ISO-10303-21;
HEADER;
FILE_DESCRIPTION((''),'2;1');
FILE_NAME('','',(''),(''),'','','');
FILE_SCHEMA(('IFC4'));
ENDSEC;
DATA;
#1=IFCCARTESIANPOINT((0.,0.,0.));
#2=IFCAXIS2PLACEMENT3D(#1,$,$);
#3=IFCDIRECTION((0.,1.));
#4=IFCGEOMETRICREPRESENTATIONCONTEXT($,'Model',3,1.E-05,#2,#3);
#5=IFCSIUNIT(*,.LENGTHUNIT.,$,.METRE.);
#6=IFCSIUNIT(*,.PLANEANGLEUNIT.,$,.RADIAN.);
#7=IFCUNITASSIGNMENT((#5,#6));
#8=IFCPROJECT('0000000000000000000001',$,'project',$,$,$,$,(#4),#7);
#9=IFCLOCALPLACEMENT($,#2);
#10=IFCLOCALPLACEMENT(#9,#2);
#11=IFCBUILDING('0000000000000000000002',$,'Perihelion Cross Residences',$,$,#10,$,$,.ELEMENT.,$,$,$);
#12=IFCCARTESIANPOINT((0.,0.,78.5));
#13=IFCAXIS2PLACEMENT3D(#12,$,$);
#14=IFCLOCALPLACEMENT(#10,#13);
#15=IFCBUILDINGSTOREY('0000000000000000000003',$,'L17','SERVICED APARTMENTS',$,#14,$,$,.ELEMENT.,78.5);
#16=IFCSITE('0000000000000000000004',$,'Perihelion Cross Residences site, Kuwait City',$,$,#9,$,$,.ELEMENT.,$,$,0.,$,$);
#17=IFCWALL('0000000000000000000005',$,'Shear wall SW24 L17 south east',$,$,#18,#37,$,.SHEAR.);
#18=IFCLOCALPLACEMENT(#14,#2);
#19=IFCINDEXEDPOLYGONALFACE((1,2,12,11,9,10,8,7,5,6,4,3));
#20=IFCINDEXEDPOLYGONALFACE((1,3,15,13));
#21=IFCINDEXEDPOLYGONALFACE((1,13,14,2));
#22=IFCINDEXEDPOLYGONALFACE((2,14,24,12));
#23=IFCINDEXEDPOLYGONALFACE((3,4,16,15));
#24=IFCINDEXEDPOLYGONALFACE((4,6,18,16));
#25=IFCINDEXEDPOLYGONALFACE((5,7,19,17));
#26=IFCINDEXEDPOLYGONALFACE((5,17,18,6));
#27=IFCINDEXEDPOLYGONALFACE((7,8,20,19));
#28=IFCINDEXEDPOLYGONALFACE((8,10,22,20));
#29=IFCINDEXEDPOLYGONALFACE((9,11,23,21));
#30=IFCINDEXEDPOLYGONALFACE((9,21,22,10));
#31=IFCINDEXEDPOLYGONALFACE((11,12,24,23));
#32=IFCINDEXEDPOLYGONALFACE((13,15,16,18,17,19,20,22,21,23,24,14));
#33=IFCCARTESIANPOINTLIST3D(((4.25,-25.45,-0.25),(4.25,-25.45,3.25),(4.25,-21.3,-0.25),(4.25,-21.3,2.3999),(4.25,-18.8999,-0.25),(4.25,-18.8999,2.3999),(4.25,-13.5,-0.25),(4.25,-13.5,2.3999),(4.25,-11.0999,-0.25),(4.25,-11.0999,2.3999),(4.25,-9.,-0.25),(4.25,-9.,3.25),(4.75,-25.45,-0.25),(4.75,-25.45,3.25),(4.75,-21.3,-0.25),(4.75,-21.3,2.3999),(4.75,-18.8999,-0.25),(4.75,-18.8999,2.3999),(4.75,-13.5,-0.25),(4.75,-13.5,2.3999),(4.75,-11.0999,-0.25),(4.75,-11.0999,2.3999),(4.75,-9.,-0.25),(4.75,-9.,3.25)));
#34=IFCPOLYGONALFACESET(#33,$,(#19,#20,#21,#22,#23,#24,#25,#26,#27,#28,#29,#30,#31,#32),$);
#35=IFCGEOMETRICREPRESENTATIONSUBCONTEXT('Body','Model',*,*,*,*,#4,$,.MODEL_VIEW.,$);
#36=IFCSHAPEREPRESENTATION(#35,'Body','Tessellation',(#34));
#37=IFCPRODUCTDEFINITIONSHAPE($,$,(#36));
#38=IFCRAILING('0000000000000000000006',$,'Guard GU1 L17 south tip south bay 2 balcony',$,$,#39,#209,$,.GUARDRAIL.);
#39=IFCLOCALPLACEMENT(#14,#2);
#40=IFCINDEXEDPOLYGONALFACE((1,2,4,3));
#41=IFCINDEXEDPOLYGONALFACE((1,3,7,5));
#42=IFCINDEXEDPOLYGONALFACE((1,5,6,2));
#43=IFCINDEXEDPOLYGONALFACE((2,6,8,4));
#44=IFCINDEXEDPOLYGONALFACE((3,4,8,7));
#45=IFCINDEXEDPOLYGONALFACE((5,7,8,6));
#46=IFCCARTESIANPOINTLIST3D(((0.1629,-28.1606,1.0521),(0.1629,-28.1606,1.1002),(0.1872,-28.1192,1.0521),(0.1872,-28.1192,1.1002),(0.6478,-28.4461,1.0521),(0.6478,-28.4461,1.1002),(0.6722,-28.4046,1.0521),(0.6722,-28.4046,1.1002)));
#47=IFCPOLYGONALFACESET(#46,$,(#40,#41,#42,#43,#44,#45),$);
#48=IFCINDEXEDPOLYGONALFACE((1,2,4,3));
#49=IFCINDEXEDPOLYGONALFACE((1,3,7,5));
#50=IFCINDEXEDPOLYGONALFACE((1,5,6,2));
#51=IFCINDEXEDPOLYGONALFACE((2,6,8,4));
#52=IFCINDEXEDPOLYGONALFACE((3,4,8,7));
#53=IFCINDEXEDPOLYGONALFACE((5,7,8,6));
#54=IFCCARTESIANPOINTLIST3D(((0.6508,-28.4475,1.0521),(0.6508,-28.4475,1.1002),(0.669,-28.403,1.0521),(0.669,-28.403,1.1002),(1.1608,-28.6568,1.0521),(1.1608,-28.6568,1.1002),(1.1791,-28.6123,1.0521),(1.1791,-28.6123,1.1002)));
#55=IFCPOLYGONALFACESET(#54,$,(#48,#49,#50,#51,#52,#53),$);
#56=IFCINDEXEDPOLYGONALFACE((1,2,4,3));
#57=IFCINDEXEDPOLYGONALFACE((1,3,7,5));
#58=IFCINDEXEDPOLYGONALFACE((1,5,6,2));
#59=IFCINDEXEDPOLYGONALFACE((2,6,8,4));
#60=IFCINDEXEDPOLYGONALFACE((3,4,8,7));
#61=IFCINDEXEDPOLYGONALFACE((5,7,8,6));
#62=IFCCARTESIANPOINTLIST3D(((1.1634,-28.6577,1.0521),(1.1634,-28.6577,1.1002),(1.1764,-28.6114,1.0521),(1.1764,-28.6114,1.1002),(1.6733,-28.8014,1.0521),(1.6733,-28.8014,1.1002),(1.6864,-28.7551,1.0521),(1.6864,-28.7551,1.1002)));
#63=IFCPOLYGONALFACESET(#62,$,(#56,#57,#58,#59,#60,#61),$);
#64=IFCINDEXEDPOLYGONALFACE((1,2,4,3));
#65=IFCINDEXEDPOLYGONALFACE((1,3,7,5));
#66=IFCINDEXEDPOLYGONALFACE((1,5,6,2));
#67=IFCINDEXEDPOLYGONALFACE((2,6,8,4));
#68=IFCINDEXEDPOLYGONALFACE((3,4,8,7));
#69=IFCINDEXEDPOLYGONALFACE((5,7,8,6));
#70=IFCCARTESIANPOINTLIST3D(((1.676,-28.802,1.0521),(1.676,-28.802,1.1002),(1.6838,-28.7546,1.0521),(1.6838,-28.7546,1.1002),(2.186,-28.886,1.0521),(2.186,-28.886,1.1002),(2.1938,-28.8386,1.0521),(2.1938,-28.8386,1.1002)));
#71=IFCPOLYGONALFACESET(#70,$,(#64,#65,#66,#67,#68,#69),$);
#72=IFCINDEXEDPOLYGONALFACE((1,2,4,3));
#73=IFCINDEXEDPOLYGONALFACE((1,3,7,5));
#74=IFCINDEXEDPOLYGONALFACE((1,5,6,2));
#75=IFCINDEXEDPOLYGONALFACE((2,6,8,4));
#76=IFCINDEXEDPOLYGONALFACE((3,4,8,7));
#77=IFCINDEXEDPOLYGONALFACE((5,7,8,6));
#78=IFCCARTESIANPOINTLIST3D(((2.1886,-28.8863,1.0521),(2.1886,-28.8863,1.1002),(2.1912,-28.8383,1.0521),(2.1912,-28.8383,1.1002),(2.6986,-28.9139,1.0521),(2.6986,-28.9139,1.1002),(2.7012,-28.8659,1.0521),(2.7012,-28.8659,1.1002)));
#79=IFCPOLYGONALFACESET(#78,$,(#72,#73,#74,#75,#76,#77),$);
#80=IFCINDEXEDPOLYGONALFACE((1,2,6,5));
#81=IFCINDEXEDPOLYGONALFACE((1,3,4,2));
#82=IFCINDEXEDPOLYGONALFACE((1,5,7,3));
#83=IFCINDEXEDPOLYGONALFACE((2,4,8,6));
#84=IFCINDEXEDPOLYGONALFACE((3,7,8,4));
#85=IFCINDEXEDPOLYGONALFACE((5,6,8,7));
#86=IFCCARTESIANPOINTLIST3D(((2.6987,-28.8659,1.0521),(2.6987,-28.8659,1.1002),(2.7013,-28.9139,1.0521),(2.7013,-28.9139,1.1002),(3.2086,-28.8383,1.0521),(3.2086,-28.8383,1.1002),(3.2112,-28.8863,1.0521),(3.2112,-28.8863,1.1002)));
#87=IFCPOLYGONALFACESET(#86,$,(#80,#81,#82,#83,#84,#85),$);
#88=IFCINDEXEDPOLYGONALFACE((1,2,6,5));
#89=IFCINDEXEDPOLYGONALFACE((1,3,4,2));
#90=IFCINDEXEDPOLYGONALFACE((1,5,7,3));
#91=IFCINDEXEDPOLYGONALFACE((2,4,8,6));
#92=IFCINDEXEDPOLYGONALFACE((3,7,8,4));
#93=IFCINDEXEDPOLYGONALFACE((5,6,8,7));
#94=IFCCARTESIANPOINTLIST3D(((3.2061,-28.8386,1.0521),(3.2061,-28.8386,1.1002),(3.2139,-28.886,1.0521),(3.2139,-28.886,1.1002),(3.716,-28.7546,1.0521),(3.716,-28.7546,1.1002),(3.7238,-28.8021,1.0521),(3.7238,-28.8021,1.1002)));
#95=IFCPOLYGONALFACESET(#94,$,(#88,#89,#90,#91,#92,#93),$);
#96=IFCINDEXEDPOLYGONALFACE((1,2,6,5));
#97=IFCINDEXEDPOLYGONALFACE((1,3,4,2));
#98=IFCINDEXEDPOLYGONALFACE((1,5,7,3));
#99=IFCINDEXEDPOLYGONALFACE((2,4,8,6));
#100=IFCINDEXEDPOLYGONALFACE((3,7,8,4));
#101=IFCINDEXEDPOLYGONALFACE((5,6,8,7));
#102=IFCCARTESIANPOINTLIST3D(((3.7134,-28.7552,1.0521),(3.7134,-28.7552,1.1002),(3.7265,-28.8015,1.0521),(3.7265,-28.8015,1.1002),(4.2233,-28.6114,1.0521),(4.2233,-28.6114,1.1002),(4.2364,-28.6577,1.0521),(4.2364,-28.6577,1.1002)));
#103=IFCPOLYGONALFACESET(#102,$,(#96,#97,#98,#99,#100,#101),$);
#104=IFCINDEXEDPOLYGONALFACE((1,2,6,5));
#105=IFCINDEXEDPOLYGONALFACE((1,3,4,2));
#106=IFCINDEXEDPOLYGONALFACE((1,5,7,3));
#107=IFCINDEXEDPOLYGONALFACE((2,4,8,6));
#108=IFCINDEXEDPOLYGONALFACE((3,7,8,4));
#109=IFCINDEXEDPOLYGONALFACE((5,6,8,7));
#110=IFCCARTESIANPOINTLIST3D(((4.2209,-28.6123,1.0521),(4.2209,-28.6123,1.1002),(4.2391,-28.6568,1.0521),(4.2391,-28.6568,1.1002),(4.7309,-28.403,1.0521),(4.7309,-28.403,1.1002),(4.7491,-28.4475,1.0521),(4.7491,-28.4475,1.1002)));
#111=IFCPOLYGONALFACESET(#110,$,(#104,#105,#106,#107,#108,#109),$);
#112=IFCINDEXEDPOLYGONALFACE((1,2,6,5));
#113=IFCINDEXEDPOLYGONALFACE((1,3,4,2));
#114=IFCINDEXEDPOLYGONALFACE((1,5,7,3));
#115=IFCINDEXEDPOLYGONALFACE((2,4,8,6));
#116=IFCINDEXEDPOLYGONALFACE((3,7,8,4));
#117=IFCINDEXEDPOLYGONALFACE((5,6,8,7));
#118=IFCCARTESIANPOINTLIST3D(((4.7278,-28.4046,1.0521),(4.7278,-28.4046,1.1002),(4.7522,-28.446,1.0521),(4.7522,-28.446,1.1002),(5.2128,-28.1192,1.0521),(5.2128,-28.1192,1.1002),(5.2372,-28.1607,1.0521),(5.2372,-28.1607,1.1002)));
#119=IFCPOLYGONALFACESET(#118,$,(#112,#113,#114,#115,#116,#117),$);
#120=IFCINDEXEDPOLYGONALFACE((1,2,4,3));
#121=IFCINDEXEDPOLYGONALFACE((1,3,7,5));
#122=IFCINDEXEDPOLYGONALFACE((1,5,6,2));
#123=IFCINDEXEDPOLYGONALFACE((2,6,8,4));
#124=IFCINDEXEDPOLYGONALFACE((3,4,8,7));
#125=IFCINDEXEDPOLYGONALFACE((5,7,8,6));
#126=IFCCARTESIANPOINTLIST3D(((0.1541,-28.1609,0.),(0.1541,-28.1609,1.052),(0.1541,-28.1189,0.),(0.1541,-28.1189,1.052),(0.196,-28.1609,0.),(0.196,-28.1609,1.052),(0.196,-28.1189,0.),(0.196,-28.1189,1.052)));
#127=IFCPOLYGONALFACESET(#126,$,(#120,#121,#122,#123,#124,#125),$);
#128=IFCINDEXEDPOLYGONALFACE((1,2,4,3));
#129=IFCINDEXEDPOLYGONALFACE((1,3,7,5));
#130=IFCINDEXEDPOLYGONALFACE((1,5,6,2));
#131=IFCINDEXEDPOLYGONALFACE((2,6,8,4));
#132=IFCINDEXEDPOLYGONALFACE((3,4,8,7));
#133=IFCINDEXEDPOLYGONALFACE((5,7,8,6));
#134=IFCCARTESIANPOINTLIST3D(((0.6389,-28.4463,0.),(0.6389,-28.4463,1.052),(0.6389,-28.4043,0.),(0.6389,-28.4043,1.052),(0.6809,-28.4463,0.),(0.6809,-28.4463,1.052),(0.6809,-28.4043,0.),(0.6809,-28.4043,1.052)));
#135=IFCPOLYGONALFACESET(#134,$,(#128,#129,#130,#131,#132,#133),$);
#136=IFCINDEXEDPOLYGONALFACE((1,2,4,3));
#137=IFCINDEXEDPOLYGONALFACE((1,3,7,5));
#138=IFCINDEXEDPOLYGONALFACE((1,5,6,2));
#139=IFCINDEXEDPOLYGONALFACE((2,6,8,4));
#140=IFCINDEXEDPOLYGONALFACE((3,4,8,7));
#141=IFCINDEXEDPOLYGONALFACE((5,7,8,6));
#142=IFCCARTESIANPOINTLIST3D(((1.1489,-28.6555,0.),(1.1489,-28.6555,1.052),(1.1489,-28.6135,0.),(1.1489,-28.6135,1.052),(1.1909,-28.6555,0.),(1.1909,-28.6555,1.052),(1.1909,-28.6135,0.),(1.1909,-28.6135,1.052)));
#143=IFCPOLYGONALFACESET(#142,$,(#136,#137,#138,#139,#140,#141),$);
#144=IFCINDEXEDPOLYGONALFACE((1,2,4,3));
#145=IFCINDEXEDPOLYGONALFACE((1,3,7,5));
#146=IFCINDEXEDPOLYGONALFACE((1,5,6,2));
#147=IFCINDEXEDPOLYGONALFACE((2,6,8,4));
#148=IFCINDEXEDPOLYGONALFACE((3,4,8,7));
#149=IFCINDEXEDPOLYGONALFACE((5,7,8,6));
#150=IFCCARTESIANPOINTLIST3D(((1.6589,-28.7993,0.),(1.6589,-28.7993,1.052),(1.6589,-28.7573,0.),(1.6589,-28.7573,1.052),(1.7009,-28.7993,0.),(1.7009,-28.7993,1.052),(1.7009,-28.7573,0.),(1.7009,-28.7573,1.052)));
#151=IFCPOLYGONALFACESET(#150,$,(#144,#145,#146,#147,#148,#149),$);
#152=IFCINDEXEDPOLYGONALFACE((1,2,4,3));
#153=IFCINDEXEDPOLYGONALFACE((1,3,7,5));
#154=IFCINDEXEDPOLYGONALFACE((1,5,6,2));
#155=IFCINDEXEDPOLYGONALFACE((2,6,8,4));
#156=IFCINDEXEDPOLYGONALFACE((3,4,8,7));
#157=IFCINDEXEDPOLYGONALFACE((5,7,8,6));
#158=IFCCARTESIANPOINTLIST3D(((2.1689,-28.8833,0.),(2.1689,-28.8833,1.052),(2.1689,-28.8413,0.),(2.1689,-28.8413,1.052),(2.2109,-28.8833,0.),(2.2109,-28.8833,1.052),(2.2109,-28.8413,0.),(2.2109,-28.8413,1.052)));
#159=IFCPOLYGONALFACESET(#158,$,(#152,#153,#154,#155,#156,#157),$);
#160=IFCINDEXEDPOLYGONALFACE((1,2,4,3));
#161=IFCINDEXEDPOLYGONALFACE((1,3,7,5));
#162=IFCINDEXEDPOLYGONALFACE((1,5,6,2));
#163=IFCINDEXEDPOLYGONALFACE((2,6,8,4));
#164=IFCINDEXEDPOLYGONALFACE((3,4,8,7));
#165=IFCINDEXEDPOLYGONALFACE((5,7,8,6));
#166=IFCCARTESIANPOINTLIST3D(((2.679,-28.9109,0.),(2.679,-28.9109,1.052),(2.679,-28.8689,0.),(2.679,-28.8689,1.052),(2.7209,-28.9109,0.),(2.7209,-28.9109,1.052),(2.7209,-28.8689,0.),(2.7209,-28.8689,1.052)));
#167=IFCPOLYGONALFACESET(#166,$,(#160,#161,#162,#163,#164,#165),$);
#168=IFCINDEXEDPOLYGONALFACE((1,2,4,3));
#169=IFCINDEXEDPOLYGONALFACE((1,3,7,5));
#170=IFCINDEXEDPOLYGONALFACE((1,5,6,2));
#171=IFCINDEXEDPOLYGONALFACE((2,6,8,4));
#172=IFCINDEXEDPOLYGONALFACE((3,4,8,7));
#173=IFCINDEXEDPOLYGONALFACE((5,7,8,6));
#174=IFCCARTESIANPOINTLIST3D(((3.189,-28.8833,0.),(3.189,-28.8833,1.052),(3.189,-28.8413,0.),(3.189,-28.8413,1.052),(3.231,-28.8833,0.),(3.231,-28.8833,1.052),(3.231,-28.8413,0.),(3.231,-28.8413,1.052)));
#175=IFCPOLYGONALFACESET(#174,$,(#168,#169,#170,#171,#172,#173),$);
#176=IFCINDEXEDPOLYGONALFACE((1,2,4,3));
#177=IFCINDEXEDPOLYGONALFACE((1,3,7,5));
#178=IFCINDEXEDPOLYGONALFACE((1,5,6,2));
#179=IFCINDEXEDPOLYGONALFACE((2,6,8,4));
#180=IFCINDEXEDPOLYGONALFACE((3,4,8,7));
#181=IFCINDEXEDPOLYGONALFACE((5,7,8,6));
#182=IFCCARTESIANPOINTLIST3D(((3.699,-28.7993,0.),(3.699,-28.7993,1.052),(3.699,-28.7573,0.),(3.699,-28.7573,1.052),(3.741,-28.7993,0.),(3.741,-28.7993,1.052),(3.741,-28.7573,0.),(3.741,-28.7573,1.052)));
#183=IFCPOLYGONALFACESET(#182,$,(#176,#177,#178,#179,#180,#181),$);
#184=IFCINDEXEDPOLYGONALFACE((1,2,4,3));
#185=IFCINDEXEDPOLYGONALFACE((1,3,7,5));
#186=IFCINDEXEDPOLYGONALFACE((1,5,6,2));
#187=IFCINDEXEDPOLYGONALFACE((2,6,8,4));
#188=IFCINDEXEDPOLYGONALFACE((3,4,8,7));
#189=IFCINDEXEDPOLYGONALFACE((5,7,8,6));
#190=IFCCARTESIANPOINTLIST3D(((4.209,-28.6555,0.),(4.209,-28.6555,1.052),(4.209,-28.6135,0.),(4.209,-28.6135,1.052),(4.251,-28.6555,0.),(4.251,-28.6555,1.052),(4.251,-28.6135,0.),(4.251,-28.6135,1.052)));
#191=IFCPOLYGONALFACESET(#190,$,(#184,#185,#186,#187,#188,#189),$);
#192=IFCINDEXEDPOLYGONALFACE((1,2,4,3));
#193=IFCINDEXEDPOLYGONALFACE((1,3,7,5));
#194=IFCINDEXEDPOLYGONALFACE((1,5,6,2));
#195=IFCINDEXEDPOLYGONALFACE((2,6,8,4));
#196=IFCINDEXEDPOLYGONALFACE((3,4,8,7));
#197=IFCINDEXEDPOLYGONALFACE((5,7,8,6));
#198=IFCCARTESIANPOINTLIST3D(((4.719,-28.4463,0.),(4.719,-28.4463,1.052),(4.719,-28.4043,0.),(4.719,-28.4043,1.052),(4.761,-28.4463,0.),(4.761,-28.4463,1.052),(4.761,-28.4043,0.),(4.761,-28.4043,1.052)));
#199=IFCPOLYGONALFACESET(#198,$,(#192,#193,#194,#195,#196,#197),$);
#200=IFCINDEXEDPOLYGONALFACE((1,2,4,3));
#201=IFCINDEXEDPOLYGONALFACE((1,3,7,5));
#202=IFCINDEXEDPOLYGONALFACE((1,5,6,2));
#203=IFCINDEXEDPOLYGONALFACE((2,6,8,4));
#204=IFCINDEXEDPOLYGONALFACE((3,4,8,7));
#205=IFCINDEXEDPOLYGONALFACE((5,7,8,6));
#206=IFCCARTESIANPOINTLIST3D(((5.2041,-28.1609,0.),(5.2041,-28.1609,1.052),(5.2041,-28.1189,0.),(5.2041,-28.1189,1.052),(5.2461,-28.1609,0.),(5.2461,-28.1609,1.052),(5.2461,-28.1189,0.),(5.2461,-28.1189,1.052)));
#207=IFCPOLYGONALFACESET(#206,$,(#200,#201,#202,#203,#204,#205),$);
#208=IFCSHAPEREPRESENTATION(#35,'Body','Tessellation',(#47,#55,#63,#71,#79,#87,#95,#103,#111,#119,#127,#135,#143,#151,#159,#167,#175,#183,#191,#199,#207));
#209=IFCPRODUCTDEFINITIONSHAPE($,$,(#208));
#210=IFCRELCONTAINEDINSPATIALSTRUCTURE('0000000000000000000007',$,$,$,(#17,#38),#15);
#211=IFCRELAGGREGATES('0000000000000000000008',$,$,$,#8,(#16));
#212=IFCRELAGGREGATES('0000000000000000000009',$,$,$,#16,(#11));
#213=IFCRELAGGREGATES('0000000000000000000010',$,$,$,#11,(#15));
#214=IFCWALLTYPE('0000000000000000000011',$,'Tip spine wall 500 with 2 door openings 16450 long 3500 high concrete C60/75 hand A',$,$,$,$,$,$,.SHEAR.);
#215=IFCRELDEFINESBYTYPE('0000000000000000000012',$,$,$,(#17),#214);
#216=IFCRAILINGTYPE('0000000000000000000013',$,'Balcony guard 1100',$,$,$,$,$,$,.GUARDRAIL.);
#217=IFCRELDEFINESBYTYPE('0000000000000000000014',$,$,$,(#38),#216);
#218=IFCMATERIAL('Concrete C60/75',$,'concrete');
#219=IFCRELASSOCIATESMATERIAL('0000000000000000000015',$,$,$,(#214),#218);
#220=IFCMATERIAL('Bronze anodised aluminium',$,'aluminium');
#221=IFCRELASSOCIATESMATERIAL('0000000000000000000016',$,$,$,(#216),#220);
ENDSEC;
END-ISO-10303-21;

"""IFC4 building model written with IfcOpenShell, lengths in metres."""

from ifc_helpers import new_model, si_unit, direction, frame, origin, origin_2d, place, context, subcontext, project, spatial, polyline, rectangle, outline, extrude, material, material_profile, profile_set, type_object, element, save


model = new_model("IFC4")

# Units and contexts
model_context = context("Model", 3, precision=1e-05, world=origin(), true_north=direction((0.0, 1.0)))
body_context = subcontext(model_context, "Body", "Model", "MODEL_VIEW")
ifc_project = project(units=[si_unit("LENGTHUNIT", "METRE"), si_unit("PLANEANGLEUNIT", "RADIAN")], contexts=[model_context])

# Site, building, storey
site_placement = place(None, origin())
site = spatial("IfcSite", under=ifc_project, at=site_placement, Name="Perihelion Cross Residences site, Kuwait City", CompositionType="ELEMENT", RefElevation=0.0)
building_placement = place(site_placement, origin())
building = spatial("IfcBuilding", under=site, at=building_placement, Name="Perihelion Cross Residences", CompositionType="ELEMENT")
storey_placement = place(building_placement, frame((0.0, 0.0, 78.5)))
storey = spatial("IfcBuildingStorey", under=building, at=storey_placement, Name="L17", Description="SERVICED APARTMENTS", CompositionType="ELEMENT", Elevation=78.5)

# Wall
ifc_material_1 = material(Name="Concrete C60/75", Category="concrete")
ifc_material_profile_1 = material_profile(ifc_material_1, outline(polyline([(0.0, 0.0), (4.1499, 0.0), (4.1499, 2.6499), (6.55, 2.6499), (6.55, 0.0), (11.95, 0.0), (11.95, 2.6499), (14.3501, 2.6499), (14.3501, 0.0), (16.45, 0.0), (16.45, 3.5), (0.0, 3.5), (0.0, 0.0)])), Name="Tip spine wall")
ifc_profile_set_1 = profile_set([ifc_material_profile_1], Name="Concrete C60/75")
wall_type_1 = type_object("IfcWallType", Name="Tip spine wall 500 with 2 door openings 16450 long 3500 high concrete C60/75 hand A", PredefinedType="SHEAR", material=ifc_profile_set_1)
wall_1_placement = place(storey_placement, frame((4.25, -25.45, -0.25), z_axis=(1.0, 0.0, 0.0), x_axis=(0.0, 1.0, 0.0)))
element("IfcWall", 1, at=wall_1_placement, inside=storey, type_object=wall_type_1, Name="Shear wall SW24 L17 south east", PredefinedType="SHEAR", context=body_context, shape_type="SweptSolid", body=[
    extrude(outline(polyline([(0.0, 0.0), (4.1499, 0.0), (4.1499, 2.6499), (6.55, 2.6499), (6.55, 0.0), (11.95, 0.0), (11.95, 2.6499), (14.3501, 2.6499), (14.3501, 0.0), (16.45, 0.0), (16.45, 3.5), (0.0, 3.5), (0.0, 0.0)])), origin(), (0.0, 0.0, 1.0), 0.5),
])

# Railing
ifc_material_2 = material(Name="Bronze anodised aluminium", Category="aluminium")
railing_type = type_object("IfcRailingType", Name="Balcony guard 1100", PredefinedType="GUARDRAIL", material=ifc_material_2)
railing_placement = place(storey_placement, frame((0.175, -28.1399, 0.0)))
element("IfcRailing", 2, at=railing_placement, inside=storey, type_object=railing_type, Name="Guard GU1 L17 south tip south bay 2 balcony", PredefinedType="GUARDRAIL", context=body_context, shape_type="SweptSolid", body=[
    extrude(rectangle(XDim=0.0481, YDim=0.0481, at=origin_2d()), frame((0.0, 0.0, 1.0762), z_axis=(0.861789, -0.507267, 0.0), x_axis=(0.507267, 0.861789, 0.0)), (0.0, 0.0, 1.0), 0.5627),
    extrude(rectangle(XDim=0.0481, YDim=0.0481, at=origin_2d()), frame((0.4849, -0.2854, 1.0762), z_axis=(0.925173, -0.379547, 0.0), x_axis=(0.379547, 0.925173, 0.0)), (0.0, 0.0, 1.0), 0.5513),
    extrude(rectangle(XDim=0.0481, YDim=0.0481, at=origin_2d()), frame((0.9949, -0.4946, 1.0762), z_axis=(0.962474, -0.271373, 0.0), x_axis=(0.271373, 0.962474, 0.0)), (0.0, 0.0, 1.0), 0.5298),
    extrude(rectangle(XDim=0.0481, YDim=0.0481, at=origin_2d()), frame((1.5049, -0.6384, 1.0762), z_axis=(0.986711, -0.162484, 0.0), x_axis=(0.162484, 0.986711, 0.0)), (0.0, 0.0, 1.0), 0.5168),
    extrude(rectangle(XDim=0.0481, YDim=0.0481, at=origin_2d()), frame((2.0149, -0.7224, 1.0762), z_axis=(0.99854, -0.054014, 0.0), x_axis=(0.054014, 0.99854, 0.0)), (0.0, 0.0, 1.0), 0.5107),
    extrude(rectangle(XDim=0.0481, YDim=0.0481, at=origin_2d()), frame((2.5249, -0.75, 1.0762), z_axis=(0.99854, 0.054014, 0.0), x_axis=(-0.054014, 0.99854, 0.0)), (0.0, 0.0, 1.0), 0.5107),
    extrude(rectangle(XDim=0.0481, YDim=0.0481, at=origin_2d()), frame((3.0349, -0.7224, 1.0762), z_axis=(0.986711, 0.162484, 0.0), x_axis=(-0.162484, 0.986711, 0.0)), (0.0, 0.0, 1.0), 0.5168),
    extrude(rectangle(XDim=0.0481, YDim=0.0481, at=origin_2d()), frame((3.5449, -0.6384, 1.0762), z_axis=(0.962474, 0.271373, 0.0), x_axis=(-0.271373, 0.962474, 0.0)), (0.0, 0.0, 1.0), 0.5298),
    extrude(rectangle(XDim=0.0481, YDim=0.0481, at=origin_2d()), frame((4.0549, -0.4946, 1.0762), z_axis=(0.925173, 0.379547, 0.0), x_axis=(-0.379547, 0.925173, 0.0)), (0.0, 0.0, 1.0), 0.5513),
    extrude(rectangle(XDim=0.0481, YDim=0.0481, at=origin_2d()), frame((4.5649, -0.2854, 1.0762), z_axis=(0.861901, 0.507077, 0.0), x_axis=(-0.507077, 0.861901, 0.0)), (0.0, 0.0, 1.0), 0.5627),
    extrude(rectangle(XDim=0.042, YDim=0.042, at=origin_2d()), origin(), (0.0, 0.0, 1.0), 1.052),
    extrude(rectangle(XDim=0.042, YDim=0.042, at=origin_2d()), frame((0.4849, -0.2854, 0.0)), (0.0, 0.0, 1.0), 1.052),
    extrude(rectangle(XDim=0.042, YDim=0.042, at=origin_2d()), frame((0.9949, -0.4946, 0.0)), (0.0, 0.0, 1.0), 1.052),
    extrude(rectangle(XDim=0.042, YDim=0.042, at=origin_2d()), frame((1.5049, -0.6384, 0.0)), (0.0, 0.0, 1.0), 1.052),
    extrude(rectangle(XDim=0.042, YDim=0.042, at=origin_2d()), frame((2.0149, -0.7224, 0.0)), (0.0, 0.0, 1.0), 1.052),
    extrude(rectangle(XDim=0.042, YDim=0.042, at=origin_2d()), frame((2.5249, -0.75, 0.0)), (0.0, 0.0, 1.0), 1.052),
    extrude(rectangle(XDim=0.042, YDim=0.042, at=origin_2d()), frame((3.0349, -0.7224, 0.0)), (0.0, 0.0, 1.0), 1.052),
    extrude(rectangle(XDim=0.042, YDim=0.042, at=origin_2d()), frame((3.5449, -0.6384, 0.0)), (0.0, 0.0, 1.0), 1.052),
    extrude(rectangle(XDim=0.042, YDim=0.042, at=origin_2d()), frame((4.0549, -0.4946, 0.0)), (0.0, 0.0, 1.0), 1.052),
    extrude(rectangle(XDim=0.042, YDim=0.042, at=origin_2d()), frame((4.5649, -0.2854, 0.0)), (0.0, 0.0, 1.0), 1.052),
    extrude(rectangle(XDim=0.042, YDim=0.042, at=origin_2d()), frame((5.05, 0.0, 0.0)), (0.0, 0.0, 1.0), 1.052),
])

save(model, "model.ifc")
